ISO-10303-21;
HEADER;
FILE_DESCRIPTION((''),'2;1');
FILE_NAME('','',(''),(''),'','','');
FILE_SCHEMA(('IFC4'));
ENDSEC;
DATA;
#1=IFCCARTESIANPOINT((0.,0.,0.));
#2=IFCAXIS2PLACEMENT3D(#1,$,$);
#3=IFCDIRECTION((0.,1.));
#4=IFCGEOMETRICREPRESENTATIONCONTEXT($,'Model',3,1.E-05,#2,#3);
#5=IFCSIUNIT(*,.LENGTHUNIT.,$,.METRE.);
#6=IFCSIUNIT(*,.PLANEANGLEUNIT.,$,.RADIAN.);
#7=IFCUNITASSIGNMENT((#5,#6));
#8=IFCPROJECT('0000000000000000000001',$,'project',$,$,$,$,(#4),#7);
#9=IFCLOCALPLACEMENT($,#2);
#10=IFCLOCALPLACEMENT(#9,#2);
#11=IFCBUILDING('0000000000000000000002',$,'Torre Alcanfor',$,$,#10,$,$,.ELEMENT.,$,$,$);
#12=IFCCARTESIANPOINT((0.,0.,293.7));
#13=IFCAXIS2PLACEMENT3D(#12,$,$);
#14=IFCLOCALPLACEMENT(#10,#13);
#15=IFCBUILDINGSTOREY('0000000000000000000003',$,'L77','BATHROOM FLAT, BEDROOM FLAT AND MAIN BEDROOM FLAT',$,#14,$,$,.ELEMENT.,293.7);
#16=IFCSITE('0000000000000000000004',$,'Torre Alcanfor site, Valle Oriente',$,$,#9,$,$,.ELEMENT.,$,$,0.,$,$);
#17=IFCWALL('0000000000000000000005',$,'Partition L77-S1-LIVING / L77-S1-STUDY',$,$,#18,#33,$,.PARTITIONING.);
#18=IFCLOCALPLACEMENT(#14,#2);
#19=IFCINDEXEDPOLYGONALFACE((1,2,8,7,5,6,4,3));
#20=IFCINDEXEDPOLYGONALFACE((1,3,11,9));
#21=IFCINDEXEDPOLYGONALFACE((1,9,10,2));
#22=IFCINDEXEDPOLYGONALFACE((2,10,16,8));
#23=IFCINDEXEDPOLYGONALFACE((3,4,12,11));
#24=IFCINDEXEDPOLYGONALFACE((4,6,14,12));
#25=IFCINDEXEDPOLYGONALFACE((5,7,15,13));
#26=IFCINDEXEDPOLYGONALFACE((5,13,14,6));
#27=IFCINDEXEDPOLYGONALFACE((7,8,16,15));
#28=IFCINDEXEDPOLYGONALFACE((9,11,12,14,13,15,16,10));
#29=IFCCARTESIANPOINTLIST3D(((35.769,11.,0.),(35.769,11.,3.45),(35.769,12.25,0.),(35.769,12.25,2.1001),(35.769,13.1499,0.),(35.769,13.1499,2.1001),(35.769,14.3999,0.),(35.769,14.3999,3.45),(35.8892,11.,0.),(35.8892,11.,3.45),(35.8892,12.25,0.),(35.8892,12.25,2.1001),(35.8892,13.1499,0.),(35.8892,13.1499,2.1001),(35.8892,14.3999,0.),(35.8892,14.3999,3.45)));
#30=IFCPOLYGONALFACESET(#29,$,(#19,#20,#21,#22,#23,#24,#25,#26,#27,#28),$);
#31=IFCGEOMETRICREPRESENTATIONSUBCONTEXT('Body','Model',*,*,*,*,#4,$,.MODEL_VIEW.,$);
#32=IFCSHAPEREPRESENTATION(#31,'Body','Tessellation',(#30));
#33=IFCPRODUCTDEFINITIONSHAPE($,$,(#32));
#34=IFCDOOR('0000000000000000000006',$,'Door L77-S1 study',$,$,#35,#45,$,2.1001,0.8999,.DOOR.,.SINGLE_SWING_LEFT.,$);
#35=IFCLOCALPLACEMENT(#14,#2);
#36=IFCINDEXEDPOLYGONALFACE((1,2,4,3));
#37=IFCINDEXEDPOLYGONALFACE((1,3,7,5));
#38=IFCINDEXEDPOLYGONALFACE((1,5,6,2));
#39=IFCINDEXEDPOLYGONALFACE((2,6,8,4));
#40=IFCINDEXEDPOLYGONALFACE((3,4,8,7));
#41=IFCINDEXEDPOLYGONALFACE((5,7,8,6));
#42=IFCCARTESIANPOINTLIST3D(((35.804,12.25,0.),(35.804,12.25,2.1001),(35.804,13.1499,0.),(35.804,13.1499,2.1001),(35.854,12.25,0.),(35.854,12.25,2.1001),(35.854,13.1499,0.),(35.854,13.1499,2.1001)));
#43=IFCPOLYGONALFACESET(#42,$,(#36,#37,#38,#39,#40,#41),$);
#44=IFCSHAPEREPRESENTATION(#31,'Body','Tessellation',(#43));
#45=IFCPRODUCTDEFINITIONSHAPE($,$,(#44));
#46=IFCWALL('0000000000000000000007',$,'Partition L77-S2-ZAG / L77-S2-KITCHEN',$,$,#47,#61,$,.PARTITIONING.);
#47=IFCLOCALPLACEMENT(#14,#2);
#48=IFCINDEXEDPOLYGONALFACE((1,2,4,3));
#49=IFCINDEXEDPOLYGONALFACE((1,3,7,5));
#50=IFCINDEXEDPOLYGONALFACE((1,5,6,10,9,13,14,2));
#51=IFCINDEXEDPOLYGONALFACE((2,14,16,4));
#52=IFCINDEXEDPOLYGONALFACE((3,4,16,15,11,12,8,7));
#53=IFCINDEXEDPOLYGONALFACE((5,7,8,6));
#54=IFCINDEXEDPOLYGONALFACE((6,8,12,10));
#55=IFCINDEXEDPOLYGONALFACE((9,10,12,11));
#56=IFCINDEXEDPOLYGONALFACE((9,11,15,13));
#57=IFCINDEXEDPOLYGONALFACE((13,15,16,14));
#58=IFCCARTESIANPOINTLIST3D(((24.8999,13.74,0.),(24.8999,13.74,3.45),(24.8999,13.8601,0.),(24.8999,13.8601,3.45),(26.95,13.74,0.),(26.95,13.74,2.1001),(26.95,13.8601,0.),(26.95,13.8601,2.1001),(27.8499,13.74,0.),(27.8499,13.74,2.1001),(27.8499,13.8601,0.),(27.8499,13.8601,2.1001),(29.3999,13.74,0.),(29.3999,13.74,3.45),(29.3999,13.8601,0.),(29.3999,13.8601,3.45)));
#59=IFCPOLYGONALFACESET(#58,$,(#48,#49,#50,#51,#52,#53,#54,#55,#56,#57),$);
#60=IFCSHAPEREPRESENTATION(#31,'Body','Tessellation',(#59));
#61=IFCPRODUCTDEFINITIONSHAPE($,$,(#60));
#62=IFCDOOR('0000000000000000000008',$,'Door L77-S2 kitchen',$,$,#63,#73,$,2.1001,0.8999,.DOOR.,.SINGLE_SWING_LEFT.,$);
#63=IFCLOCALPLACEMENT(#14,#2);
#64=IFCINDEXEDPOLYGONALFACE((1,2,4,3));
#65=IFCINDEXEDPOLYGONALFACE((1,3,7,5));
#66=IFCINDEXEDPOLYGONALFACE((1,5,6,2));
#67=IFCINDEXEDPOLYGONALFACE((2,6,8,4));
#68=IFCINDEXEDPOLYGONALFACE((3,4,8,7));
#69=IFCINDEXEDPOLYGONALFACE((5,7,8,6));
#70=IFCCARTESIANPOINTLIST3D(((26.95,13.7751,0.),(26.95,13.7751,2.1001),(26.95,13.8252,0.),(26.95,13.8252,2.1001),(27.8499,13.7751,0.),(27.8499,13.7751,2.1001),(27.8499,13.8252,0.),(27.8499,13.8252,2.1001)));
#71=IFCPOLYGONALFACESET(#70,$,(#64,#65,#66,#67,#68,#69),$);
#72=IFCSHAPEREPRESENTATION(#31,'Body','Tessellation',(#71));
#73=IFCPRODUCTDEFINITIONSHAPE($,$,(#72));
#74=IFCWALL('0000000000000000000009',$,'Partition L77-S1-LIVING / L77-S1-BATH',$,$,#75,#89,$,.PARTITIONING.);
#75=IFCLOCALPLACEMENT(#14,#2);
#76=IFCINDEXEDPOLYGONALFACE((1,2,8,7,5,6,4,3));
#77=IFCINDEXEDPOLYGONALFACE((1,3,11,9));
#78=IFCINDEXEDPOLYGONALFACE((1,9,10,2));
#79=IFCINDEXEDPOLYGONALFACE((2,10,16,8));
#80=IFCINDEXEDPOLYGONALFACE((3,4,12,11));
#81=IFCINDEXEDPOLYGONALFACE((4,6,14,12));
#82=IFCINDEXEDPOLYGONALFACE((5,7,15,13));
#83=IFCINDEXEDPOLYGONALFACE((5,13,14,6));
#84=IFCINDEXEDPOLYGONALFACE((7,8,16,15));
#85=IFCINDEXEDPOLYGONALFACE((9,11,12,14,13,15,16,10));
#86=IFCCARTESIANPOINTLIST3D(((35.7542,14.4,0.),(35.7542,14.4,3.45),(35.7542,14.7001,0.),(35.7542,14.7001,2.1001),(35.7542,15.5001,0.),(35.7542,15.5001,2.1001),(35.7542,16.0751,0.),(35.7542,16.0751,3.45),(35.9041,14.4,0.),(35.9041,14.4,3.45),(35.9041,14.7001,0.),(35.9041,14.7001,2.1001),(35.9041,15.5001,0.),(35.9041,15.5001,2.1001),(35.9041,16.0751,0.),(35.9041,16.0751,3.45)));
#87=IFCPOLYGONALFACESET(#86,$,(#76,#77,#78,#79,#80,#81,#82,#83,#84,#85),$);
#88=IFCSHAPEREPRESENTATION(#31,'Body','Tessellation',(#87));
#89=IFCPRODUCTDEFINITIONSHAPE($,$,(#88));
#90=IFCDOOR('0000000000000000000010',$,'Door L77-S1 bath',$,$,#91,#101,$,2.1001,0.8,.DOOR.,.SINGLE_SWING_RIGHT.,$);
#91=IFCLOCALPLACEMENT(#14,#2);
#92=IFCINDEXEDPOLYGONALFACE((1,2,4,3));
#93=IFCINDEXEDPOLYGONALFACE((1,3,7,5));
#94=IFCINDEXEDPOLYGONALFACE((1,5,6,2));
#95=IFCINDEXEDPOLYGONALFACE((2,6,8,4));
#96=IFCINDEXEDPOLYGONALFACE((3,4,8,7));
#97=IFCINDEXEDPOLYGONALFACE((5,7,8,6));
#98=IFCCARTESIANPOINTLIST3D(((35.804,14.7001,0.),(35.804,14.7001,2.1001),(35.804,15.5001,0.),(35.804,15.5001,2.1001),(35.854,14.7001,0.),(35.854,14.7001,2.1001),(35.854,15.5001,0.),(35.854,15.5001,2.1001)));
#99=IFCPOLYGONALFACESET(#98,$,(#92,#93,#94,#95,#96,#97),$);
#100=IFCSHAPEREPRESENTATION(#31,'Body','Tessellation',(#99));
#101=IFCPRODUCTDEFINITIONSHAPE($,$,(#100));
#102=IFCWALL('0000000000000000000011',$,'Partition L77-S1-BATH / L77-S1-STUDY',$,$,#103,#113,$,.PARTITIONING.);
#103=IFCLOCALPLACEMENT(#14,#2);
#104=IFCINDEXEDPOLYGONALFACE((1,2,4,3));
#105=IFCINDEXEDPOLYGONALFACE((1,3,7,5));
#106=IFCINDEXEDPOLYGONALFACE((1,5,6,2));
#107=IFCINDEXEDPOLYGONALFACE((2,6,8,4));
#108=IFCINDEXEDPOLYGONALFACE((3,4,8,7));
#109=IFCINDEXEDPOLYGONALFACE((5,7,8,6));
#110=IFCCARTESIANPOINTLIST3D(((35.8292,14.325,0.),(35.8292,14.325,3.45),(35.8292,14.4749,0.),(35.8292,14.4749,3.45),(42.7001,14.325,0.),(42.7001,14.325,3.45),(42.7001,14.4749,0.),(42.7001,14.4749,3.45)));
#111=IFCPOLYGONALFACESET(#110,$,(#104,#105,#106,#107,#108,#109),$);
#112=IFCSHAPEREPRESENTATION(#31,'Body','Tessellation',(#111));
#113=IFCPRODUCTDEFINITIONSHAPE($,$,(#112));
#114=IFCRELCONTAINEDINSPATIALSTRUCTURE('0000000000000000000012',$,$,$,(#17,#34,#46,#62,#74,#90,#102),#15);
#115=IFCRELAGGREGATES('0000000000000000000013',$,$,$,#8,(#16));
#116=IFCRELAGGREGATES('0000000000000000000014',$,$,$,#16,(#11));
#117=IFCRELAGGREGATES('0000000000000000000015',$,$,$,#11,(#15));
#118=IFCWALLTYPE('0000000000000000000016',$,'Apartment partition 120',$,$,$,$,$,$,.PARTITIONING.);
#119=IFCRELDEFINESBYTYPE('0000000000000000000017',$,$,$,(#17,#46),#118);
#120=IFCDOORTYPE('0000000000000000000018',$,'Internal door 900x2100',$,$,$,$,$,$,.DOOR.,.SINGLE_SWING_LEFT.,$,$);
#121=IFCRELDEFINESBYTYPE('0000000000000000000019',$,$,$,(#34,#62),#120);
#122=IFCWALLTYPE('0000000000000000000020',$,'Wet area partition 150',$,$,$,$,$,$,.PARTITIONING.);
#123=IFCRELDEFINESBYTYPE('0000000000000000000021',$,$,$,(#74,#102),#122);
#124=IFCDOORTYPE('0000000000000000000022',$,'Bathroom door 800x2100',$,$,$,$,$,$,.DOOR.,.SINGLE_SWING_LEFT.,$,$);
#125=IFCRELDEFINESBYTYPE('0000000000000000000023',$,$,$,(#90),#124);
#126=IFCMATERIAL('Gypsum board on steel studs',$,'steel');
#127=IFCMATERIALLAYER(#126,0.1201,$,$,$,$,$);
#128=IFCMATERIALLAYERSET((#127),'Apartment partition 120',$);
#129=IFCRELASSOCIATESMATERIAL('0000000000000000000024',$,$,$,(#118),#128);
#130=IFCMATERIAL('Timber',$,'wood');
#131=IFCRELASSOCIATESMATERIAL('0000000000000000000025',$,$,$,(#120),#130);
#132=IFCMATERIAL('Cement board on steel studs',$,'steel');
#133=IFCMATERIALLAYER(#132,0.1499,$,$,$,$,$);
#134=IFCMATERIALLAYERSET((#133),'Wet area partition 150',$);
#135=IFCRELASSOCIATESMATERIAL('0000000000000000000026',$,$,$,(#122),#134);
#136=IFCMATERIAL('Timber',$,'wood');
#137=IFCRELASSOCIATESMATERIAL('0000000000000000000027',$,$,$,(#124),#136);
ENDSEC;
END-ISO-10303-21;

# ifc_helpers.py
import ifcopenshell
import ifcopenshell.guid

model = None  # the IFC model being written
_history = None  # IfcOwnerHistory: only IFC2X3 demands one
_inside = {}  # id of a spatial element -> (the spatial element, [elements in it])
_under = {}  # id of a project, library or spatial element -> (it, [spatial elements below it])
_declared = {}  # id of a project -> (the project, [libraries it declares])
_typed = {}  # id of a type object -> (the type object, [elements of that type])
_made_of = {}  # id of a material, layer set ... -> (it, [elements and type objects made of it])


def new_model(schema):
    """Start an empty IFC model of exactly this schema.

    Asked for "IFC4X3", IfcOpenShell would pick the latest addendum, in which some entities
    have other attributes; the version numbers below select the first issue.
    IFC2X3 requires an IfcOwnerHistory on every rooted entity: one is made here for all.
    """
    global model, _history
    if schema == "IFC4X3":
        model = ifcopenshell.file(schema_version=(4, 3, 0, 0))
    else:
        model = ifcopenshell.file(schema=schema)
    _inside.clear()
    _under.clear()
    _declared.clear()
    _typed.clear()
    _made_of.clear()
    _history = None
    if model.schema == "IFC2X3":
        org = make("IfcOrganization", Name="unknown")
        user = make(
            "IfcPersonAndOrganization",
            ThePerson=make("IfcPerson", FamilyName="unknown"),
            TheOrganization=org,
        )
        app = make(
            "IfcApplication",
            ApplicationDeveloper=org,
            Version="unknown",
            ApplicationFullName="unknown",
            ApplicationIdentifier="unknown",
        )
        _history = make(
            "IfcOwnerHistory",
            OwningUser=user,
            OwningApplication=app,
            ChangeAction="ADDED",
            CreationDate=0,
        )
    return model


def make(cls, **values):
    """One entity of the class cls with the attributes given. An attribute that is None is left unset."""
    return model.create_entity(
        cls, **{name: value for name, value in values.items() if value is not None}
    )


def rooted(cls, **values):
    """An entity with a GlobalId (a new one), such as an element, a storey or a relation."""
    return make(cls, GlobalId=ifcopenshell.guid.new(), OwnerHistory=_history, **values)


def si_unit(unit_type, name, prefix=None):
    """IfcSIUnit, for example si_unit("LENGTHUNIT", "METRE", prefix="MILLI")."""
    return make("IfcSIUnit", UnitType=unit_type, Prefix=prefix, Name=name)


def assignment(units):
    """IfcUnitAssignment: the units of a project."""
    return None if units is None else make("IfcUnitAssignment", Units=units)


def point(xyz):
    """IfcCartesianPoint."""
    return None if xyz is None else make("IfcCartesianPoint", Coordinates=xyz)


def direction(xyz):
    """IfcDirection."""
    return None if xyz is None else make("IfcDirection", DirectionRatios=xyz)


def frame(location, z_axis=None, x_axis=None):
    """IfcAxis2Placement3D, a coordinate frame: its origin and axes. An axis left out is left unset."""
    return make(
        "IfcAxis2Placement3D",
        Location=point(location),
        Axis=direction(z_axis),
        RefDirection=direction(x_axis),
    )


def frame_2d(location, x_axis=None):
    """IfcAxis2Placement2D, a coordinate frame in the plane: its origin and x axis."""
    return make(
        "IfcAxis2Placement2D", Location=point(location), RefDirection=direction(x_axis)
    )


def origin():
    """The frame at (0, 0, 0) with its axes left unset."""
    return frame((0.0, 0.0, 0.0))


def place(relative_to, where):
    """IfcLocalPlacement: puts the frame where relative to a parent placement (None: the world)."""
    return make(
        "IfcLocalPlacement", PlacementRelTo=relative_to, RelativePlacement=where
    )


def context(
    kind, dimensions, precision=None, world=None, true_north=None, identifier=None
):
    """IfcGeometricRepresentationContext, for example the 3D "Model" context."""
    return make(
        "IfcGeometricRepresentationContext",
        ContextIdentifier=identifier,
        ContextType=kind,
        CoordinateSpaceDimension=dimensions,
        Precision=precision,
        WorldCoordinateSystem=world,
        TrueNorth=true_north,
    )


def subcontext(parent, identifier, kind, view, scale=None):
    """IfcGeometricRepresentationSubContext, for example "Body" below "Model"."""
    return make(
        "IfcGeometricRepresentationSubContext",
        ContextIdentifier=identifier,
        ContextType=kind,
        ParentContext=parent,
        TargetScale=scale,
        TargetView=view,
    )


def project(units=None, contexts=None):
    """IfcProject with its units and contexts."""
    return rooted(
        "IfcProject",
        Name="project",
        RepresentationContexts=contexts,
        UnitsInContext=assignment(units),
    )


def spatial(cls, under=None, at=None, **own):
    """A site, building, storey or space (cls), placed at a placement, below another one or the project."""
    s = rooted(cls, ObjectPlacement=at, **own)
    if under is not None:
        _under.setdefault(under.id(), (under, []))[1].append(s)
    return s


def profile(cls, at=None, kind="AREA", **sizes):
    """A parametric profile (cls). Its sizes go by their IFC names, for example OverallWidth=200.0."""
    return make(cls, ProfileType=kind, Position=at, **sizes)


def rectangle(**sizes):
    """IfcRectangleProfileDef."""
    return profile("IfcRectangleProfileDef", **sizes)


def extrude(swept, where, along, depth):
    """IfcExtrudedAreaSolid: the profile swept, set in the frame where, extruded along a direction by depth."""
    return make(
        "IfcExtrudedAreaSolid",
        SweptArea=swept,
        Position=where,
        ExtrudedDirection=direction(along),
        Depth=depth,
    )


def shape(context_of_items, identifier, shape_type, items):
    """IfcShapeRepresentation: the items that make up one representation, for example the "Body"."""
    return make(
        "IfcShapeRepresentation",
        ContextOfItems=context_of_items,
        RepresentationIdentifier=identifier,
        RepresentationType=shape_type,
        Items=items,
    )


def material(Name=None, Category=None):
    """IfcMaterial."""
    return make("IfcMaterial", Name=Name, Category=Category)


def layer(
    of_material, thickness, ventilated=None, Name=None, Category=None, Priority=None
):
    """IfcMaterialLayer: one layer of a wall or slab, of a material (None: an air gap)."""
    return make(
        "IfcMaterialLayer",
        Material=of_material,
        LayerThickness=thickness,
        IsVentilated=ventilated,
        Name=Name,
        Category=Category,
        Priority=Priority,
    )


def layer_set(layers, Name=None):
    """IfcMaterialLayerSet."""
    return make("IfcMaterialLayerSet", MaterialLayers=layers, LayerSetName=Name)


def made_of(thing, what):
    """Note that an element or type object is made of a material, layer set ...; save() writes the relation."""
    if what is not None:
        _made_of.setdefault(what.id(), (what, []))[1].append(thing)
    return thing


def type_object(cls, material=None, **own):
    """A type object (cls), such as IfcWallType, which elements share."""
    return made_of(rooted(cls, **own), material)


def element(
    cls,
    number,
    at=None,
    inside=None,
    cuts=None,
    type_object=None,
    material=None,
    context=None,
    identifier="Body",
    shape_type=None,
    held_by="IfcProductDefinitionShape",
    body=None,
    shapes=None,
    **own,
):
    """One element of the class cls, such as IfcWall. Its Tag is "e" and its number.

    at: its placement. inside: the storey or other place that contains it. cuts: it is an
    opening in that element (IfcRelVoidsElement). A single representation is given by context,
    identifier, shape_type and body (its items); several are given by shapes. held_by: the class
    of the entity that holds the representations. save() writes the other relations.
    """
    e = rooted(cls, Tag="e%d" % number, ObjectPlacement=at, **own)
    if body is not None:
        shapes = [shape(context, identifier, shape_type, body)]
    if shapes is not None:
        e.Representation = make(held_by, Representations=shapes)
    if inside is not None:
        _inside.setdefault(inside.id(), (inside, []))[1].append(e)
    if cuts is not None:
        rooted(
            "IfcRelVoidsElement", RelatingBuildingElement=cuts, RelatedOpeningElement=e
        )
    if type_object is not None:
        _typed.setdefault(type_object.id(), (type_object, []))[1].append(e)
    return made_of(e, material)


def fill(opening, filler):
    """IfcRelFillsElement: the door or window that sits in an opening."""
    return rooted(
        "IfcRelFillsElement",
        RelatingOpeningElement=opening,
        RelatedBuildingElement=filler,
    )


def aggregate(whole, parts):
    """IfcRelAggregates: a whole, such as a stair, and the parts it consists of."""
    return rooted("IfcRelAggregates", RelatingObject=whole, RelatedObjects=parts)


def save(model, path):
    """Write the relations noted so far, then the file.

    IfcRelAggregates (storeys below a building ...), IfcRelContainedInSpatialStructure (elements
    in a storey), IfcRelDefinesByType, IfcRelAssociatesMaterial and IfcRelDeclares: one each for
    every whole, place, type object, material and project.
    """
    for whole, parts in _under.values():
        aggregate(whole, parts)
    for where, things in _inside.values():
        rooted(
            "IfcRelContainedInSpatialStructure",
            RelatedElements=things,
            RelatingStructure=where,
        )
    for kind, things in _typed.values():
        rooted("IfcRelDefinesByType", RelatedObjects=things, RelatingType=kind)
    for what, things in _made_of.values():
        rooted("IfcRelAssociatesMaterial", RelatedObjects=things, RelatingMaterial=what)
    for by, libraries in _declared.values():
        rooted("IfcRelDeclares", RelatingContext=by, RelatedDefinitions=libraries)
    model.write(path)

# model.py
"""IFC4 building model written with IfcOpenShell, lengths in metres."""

from ifc_helpers import new_model, si_unit, direction, frame, frame_2d, origin, place, context, subcontext, project, spatial, rectangle, extrude, material, layer, layer_set, type_object, element, fill, save


model = new_model("IFC4")

# Units and contexts
model_context = context("Model", 3, precision=1e-05, world=origin(), true_north=direction((0.0, 1.0)))
body_context = subcontext(model_context, "Body", "Model", "MODEL_VIEW")
ifc_project = project(units=[si_unit("LENGTHUNIT", "METRE"), si_unit("PLANEANGLEUNIT", "RADIAN")], contexts=[model_context])

# Site, building, storey
site_placement = place(None, origin())
site = spatial("IfcSite", under=ifc_project, at=site_placement, Name="Torre Alcanfor site, Valle Oriente", CompositionType="ELEMENT", RefElevation=0.0)
building_placement = place(site_placement, origin())
building = spatial("IfcBuilding", under=site, at=building_placement, Name="Torre Alcanfor", CompositionType="ELEMENT")
storey_placement = place(building_placement, frame((0.0, 0.0, 293.7)))
storey = spatial("IfcBuildingStorey", under=building, at=storey_placement, Name="L77", Description="BATHROOM FLAT, BEDROOM FLAT AND MAIN BEDROOM FLAT", CompositionType="ELEMENT", Elevation=293.7)

# Shared definitions
ifc_material_1 = material(Name="Gypsum board on steel studs", Category="steel")
ifc_layer_1 = layer(ifc_material_1, 0.1201)
ifc_layer_set_1 = layer_set([ifc_layer_1], Name="Apartment partition 120")
wall_type_1 = type_object("IfcWallType", Name="Apartment partition 120", PredefinedType="PARTITIONING", material=ifc_layer_set_1)

# Walls, openings, doors
wall_1_placement = place(storey_placement, frame((35.8291, 14.3999, 0.0), z_axis=(0.0, 0.0, 1.0), x_axis=(0.0, -1.0, 0.0)))
wall_1 = element("IfcWall", 1, at=wall_1_placement, inside=storey, type_object=wall_type_1, Name="Partition L77-S1-LIVING / L77-S1-STUDY", PredefinedType="PARTITIONING", context=body_context, shape_type="SweptSolid", body=[
    extrude(rectangle(XDim=3.3999, YDim=0.1201, at=frame_2d((1.7, 0.0))), origin(), (0.0, 0.0, 1.0), 3.45),
])
opening_1_placement = place(wall_1_placement, frame((1.25, 0.0, 0.0)))
opening_1 = element("IfcOpeningElement", 2, at=opening_1_placement, cuts=wall_1, PredefinedType="OPENING", context=body_context, shape_type="SweptSolid", body=[
    extrude(rectangle(XDim=0.8999, YDim=2.1001, at=frame_2d((0.45, 1.05))), frame((0.0, 0.0701, 0.0), z_axis=(0.0, -1.0, 0.0), x_axis=(1.0, 0.0, 0.0)), (0.0, 0.0, 1.0), 0.1401),
])
ifc_material_2 = material(Name="Timber", Category="wood")
door_type_1 = type_object("IfcDoorType", Name="Internal door 900x2100", OperationType="SINGLE_SWING_LEFT", PredefinedType="DOOR", material=ifc_material_2)
door_1_placement = place(opening_1_placement, origin())
door_1 = element("IfcDoor", 3, at=door_1_placement, inside=storey, type_object=door_type_1, Name="Door L77-S1 study", OperationType="SINGLE_SWING_LEFT", OverallHeight=2.1001, OverallWidth=0.8999, PredefinedType="DOOR", context=body_context, shape_type="SweptSolid", body=[
    extrude(rectangle(XDim=0.8999, YDim=2.1001, at=frame_2d((0.45, 1.05))), frame((0.0, 0.0249, 0.0), z_axis=(0.0, -1.0, 0.0), x_axis=(1.0, 0.0, 0.0)), (0.0, 0.0, 1.0), 0.05),
])
fill(opening_1, door_1)
wall_2_placement = place(storey_placement, frame((29.3999, 13.8, 0.0), z_axis=(0.0, 0.0, 1.0), x_axis=(-1.0, 0.0, 0.0)))
wall_2 = element("IfcWall", 4, at=wall_2_placement, inside=storey, type_object=wall_type_1, Name="Partition L77-S2-ZAG / L77-S2-KITCHEN", PredefinedType="PARTITIONING", context=body_context, shape_type="SweptSolid", body=[
    extrude(rectangle(XDim=4.5, YDim=0.1201, at=frame_2d((2.25, 0.0))), origin(), (0.0, 0.0, 1.0), 3.45),
])
opening_2_placement = place(wall_2_placement, frame((1.55, 0.0, 0.0)))
opening_2 = element("IfcOpeningElement", 5, at=opening_2_placement, cuts=wall_2, PredefinedType="OPENING", context=body_context, shape_type="SweptSolid", body=[
    extrude(rectangle(XDim=0.8999, YDim=2.1001, at=frame_2d((0.45, 1.05))), frame((0.0, 0.0701, 0.0), z_axis=(0.0, -1.0, 0.0), x_axis=(1.0, 0.0, 0.0)), (0.0, 0.0, 1.0), 0.1401),
])
door_2_placement = place(opening_2_placement, origin())
door_2 = element("IfcDoor", 6, at=door_2_placement, inside=storey, type_object=door_type_1, Name="Door L77-S2 kitchen", OperationType="SINGLE_SWING_LEFT", OverallHeight=2.1001, OverallWidth=0.8999, PredefinedType="DOOR", context=body_context, shape_type="SweptSolid", body=[
    extrude(rectangle(XDim=0.8999, YDim=2.1001, at=frame_2d((0.45, 1.05))), frame((0.0, 0.0249, 0.0), z_axis=(0.0, -1.0, 0.0), x_axis=(1.0, 0.0, 0.0)), (0.0, 0.0, 1.0), 0.05),
])
fill(opening_2, door_2)
ifc_material_3 = material(Name="Cement board on steel studs", Category="steel")
ifc_layer_2 = layer(ifc_material_3, 0.1499)
ifc_layer_set_2 = layer_set([ifc_layer_2], Name="Wet area partition 150")
wall_type_2 = type_object("IfcWallType", Name="Wet area partition 150", PredefinedType="PARTITIONING", material=ifc_layer_set_2)
wall_3_placement = place(storey_placement, frame((35.8291, 16.075, 0.0), z_axis=(0.0, 0.0, 1.0), x_axis=(0.0, -1.0, 0.0)))
wall_3 = element("IfcWall", 7, at=wall_3_placement, inside=storey, type_object=wall_type_2, Name="Partition L77-S1-LIVING / L77-S1-BATH", PredefinedType="PARTITIONING", context=body_context, shape_type="SweptSolid", body=[
    extrude(rectangle(XDim=1.675, YDim=0.1499, at=frame_2d((0.8374, 0.0))), origin(), (0.0, 0.0, 1.0), 3.45),
])
opening_3_placement = place(wall_3_placement, frame((0.575, 0.0, 0.0)))
opening_3 = element("IfcOpeningElement", 8, at=opening_3_placement, cuts=wall_3, PredefinedType="OPENING", context=body_context, shape_type="SweptSolid", body=[
    extrude(rectangle(XDim=0.8, YDim=2.1001, at=frame_2d((0.3999, 1.05))), frame((0.0, 0.085, 0.0), z_axis=(0.0, -1.0, 0.0), x_axis=(1.0, 0.0, 0.0)), (0.0, 0.0, 1.0), 0.1699),
])
ifc_material_4 = material(Name="Timber", Category="wood")
door_type_2 = type_object("IfcDoorType", Name="Bathroom door 800x2100", OperationType="SINGLE_SWING_LEFT", PredefinedType="DOOR", material=ifc_material_4)
door_3_placement = place(opening_3_placement, origin())
door_3 = element("IfcDoor", 9, at=door_3_placement, inside=storey, type_object=door_type_2, Name="Door L77-S1 bath", OperationType="SINGLE_SWING_RIGHT", OverallHeight=2.1001, OverallWidth=0.8, PredefinedType="DOOR", context=body_context, shape_type="SweptSolid", body=[
    extrude(rectangle(XDim=0.8, YDim=2.1001, at=frame_2d((0.3999, 1.05))), frame((0.0, 0.0249, 0.0), z_axis=(0.0, -1.0, 0.0), x_axis=(1.0, 0.0, 0.0)), (0.0, 0.0, 1.0), 0.05),
])
fill(opening_3, door_3)

# Wall
wall_4_placement = place(storey_placement, frame((35.8291, 14.3999, 0.0), z_axis=(0.0, 0.0, 1.0), x_axis=(1.0, 0.0, 0.0)))
element("IfcWall", 10, at=wall_4_placement, inside=storey, type_object=wall_type_2, Name="Partition L77-S1-BATH / L77-S1-STUDY", PredefinedType="PARTITIONING", context=body_context, shape_type="SweptSolid", body=[
    extrude(rectangle(XDim=6.8708, YDim=0.1499, at=frame_2d((3.4355, 0.0))), origin(), (0.0, 0.0, 1.0), 3.45),
])

save(model, "model.ifc")
